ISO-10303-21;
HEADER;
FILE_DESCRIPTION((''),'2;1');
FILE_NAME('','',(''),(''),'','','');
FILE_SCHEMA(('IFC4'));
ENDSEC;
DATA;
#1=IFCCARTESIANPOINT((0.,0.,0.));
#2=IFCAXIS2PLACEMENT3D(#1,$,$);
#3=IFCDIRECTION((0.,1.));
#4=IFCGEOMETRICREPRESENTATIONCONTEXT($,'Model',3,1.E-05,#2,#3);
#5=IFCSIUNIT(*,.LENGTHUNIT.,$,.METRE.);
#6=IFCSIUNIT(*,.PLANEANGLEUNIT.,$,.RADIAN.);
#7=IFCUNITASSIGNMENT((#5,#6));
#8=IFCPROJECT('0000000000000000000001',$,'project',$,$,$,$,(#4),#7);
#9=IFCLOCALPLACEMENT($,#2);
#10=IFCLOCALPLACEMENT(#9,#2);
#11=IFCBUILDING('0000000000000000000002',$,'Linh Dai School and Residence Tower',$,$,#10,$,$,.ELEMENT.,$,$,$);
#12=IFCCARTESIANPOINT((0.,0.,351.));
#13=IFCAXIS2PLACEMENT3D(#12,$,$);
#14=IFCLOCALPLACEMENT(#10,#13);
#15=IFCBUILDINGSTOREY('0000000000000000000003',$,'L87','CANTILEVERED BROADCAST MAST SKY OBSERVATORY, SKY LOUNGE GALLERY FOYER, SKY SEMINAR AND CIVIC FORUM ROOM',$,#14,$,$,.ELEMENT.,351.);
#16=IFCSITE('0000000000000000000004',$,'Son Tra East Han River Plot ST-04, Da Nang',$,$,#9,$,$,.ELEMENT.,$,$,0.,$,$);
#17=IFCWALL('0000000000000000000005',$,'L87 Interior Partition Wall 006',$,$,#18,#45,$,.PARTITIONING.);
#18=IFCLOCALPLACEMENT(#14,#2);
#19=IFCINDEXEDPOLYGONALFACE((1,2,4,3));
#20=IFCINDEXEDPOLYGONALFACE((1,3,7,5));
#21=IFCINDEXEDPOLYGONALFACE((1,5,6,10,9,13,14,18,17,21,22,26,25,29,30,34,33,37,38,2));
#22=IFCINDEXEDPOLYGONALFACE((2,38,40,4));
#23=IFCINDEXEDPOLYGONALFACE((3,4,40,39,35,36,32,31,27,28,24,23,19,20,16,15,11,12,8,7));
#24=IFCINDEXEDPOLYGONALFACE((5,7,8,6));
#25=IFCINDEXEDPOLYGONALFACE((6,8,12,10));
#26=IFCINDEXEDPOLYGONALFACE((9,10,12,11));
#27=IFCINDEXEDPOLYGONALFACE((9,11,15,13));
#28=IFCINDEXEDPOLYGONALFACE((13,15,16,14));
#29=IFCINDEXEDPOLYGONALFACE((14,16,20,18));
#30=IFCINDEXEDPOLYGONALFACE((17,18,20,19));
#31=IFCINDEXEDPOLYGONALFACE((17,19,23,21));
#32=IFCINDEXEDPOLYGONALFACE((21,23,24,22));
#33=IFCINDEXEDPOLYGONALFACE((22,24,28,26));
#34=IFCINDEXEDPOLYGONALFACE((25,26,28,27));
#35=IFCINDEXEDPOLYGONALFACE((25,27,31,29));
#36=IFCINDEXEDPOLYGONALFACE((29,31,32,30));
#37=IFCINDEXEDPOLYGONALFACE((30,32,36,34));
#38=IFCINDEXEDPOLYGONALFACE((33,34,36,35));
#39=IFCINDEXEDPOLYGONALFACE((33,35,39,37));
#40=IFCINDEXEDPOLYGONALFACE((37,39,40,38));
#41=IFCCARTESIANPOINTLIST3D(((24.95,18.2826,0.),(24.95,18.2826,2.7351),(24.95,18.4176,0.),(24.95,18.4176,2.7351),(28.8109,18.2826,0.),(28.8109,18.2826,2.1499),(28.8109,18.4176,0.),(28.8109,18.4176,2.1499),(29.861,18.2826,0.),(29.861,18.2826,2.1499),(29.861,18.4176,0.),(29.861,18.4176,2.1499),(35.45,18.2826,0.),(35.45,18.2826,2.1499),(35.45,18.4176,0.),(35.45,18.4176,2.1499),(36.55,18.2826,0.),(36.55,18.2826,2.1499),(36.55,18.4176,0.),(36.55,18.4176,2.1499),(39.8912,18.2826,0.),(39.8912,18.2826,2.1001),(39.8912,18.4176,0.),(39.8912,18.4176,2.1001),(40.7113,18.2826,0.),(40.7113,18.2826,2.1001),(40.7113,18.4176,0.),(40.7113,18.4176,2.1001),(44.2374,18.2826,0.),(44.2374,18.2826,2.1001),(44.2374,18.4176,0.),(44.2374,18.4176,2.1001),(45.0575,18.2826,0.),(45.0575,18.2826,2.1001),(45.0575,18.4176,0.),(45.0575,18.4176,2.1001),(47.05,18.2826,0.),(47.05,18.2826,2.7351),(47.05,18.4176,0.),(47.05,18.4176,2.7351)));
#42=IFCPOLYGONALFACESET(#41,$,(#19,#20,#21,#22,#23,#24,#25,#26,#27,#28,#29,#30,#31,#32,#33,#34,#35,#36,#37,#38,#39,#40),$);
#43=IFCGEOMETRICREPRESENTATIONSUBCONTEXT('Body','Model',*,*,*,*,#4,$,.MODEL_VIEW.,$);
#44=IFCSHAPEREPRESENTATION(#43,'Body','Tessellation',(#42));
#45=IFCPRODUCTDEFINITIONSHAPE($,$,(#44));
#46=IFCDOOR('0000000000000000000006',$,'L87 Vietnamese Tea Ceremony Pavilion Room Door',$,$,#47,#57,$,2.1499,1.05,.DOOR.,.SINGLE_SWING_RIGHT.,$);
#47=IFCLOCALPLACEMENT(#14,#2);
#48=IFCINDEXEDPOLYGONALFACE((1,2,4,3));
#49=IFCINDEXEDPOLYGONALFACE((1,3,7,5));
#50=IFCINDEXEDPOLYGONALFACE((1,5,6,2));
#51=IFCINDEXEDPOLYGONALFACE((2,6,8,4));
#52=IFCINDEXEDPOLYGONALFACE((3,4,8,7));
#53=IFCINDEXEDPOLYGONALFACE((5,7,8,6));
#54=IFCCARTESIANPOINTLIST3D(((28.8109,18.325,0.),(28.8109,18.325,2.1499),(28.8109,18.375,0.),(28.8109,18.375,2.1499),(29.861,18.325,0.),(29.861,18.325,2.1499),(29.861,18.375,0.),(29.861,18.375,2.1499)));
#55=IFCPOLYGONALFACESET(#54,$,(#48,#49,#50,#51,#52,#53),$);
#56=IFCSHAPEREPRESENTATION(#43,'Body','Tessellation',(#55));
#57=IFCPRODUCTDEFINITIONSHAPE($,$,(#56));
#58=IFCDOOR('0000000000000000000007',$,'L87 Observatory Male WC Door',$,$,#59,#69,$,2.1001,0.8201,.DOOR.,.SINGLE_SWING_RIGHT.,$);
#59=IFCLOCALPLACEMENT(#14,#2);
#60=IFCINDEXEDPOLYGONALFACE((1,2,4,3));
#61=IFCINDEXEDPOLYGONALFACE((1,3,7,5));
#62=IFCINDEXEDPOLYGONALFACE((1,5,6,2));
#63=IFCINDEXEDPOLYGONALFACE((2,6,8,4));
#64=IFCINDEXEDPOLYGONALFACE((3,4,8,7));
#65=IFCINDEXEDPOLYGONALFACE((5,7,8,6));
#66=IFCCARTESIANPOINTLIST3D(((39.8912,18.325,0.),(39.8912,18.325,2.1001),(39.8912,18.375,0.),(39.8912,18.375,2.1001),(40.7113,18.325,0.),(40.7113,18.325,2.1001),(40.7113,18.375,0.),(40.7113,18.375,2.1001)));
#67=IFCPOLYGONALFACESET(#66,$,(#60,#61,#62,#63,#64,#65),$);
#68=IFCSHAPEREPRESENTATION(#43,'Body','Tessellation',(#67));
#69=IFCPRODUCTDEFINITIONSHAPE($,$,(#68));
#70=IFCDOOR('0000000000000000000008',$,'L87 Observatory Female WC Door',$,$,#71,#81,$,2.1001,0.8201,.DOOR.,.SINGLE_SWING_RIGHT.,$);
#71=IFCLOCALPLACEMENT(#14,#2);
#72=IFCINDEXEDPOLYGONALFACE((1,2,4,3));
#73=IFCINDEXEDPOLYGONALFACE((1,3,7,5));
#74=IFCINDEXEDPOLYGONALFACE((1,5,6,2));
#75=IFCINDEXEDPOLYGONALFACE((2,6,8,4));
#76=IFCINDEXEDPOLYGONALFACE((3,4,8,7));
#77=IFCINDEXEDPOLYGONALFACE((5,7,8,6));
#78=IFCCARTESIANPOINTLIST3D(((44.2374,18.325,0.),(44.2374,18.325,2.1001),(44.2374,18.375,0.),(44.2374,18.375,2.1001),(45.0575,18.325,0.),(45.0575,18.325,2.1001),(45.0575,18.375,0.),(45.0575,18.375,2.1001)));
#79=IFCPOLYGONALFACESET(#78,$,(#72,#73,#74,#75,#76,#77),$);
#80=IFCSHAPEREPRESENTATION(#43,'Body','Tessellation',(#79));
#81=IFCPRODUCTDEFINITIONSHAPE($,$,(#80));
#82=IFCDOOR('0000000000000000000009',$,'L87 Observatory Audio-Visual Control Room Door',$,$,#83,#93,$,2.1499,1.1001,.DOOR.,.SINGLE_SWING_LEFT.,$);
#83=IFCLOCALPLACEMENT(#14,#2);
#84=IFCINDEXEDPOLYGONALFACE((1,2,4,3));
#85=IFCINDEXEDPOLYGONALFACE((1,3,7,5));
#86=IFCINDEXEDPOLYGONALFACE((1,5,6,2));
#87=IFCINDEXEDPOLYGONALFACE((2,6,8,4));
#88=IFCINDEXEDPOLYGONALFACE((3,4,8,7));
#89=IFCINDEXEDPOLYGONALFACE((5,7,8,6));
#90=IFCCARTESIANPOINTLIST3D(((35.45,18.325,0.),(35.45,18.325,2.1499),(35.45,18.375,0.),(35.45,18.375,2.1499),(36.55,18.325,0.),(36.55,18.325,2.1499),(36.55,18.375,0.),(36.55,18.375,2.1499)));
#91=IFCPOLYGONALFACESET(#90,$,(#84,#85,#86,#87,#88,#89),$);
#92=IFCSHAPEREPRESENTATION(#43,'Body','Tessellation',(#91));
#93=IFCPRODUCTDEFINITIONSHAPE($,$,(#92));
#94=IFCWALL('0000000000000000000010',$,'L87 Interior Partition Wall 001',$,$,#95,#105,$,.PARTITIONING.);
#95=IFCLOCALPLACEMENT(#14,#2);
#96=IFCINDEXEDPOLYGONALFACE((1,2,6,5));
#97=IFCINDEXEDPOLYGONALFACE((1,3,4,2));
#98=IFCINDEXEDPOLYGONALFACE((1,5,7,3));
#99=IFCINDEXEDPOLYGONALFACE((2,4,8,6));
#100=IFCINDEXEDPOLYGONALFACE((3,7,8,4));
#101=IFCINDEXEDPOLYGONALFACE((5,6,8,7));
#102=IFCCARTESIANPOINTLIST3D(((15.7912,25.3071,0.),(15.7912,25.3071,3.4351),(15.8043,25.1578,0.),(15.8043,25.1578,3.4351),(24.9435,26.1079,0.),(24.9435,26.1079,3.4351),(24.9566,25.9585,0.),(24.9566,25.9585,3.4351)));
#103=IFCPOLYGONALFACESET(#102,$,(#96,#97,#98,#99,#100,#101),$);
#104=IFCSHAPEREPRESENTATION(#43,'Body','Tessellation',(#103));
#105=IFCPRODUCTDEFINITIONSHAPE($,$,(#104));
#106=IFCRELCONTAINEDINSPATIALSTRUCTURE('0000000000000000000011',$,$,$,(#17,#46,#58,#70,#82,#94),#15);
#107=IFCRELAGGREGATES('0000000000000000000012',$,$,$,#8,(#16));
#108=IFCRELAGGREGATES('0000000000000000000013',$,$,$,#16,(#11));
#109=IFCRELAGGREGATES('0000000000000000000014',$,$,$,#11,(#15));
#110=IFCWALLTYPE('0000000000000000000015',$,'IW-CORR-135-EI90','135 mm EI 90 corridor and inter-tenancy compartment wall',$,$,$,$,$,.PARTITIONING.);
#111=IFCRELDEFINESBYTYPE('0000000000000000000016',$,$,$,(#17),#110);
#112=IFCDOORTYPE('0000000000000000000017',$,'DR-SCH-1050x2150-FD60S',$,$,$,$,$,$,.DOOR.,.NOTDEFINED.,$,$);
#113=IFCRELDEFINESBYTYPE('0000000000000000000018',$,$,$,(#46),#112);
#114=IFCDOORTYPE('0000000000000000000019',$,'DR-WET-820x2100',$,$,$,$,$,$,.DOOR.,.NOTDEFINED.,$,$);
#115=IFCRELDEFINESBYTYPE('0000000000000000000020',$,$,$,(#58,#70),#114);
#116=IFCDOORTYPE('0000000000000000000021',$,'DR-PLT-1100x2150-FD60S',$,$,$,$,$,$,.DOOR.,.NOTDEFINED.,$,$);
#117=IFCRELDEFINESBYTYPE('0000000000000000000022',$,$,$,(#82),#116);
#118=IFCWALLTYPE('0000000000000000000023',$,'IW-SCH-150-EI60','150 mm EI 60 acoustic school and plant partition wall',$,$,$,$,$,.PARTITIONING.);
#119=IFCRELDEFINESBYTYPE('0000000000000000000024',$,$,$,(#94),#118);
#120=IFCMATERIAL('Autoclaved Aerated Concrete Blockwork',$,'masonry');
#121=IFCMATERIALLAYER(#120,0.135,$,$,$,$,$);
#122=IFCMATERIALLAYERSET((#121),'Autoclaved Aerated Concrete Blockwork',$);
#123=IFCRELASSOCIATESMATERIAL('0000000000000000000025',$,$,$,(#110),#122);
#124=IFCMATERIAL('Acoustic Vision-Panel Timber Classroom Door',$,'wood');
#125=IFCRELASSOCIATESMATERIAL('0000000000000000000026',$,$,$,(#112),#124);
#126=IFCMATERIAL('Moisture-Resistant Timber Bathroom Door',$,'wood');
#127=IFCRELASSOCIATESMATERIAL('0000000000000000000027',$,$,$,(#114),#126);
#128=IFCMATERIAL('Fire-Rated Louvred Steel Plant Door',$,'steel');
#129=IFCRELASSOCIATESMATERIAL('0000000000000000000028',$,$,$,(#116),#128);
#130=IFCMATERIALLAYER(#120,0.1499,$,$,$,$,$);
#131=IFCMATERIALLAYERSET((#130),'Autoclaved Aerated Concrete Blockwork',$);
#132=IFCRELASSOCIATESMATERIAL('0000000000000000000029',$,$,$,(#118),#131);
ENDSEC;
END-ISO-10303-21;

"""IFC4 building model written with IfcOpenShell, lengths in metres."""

from ifc_helpers import new_model, si_unit, direction, frame, frame_2d, origin, origin_2d, place, context, subcontext, project, spatial, rectangle, extrude, source, transform, mapped, material, layer, layer_set, type_object, element, fill, save


model = new_model("IFC4")

# Units and contexts
model_context = context("Model", 3, precision=1e-05, world=origin(), true_north=direction((0.0, 1.0)))
body_context = subcontext(model_context, "Body", "Model", "MODEL_VIEW")
ifc_project = project(units=[si_unit("LENGTHUNIT", "METRE"), si_unit("PLANEANGLEUNIT", "RADIAN")], contexts=[model_context])

# Site, building, storey
site_placement = place(None, origin())
site = spatial("IfcSite", under=ifc_project, at=site_placement, Name="Son Tra East Han River Plot ST-04, Da Nang", CompositionType="ELEMENT", RefElevation=0.0)
building_placement = place(site_placement, origin())
building = spatial("IfcBuilding", under=site, at=building_placement, Name="Linh Dai School and Residence Tower", CompositionType="ELEMENT")
storey_placement = place(building_placement, frame((0.0, 0.0, 351.0)))
storey = spatial("IfcBuildingStorey", under=building, at=storey_placement, Name="L87", Description="CANTILEVERED BROADCAST MAST SKY OBSERVATORY, SKY LOUNGE GALLERY FOYER, SKY SEMINAR AND CIVIC FORUM ROOM", CompositionType="ELEMENT", Elevation=351.0)

# Shared definitions
ifc_material_1 = material(Name="Autoclaved Aerated Concrete Blockwork", Category="masonry")
ifc_layer_1 = layer(ifc_material_1, 0.135)
ifc_layer_set_1 = layer_set([ifc_layer_1], Name="Autoclaved Aerated Concrete Blockwork")
wall_type_1 = type_object("IfcWallType", Name="IW-CORR-135-EI90", Description="135 mm EI 90 corridor and inter-tenancy compartment wall", PredefinedType="PARTITIONING", material=ifc_layer_set_1)

# Wall, openings, doors
wall_1_placement = place(storey_placement, frame((24.95, 18.3501, 0.0), z_axis=(0.0, 0.0, 1.0), x_axis=(1.0, 0.0, 0.0)))
wall_1 = element("IfcWall", 1, at=wall_1_placement, inside=storey, type_object=wall_type_1, Name="L87 Interior Partition Wall 006", PredefinedType="PARTITIONING", context=body_context, shape_type="SweptSolid", body=[
    extrude(rectangle(XDim=22.1001, YDim=0.135, at=frame_2d((11.05, 0.0))), origin(), (0.0, 0.0, 1.0), 2.7351),
])
opening_1_placement = place(wall_1_placement, frame((3.8611, 0.0, 0.0)))
opening_1 = element("IfcOpeningElement", 2, at=opening_1_placement, cuts=wall_1, PredefinedType="OPENING", context=body_context, shape_type="SweptSolid", body=[
    extrude(rectangle(XDim=1.05, YDim=2.1499, at=origin_2d()), frame((0.5249, 0.0776, 1.075), z_axis=(0.0, -1.0, 0.0), x_axis=(1.0, 0.0, 0.0)), (0.0, 0.0, 1.0), 0.155),
])
opening_2_placement = place(wall_1_placement, frame((10.5, 0.0, 0.0)))
opening_2 = element("IfcOpeningElement", 3, at=opening_2_placement, cuts=wall_1, PredefinedType="OPENING", context=body_context, shape_type="SweptSolid", body=[
    extrude(rectangle(XDim=1.1001, YDim=2.1499, at=origin_2d()), frame((0.55, 0.0776, 1.075), z_axis=(0.0, -1.0, 0.0), x_axis=(1.0, 0.0, 0.0)), (0.0, 0.0, 1.0), 0.155),
])
opening_3_placement = place(wall_1_placement, frame((14.9412, 0.0, 0.0)))
opening_3 = element("IfcOpeningElement", 4, at=opening_3_placement, cuts=wall_1, PredefinedType="OPENING", context=body_context, shape_type="SweptSolid", body=[
    extrude(rectangle(XDim=0.8201, YDim=2.1001, at=origin_2d()), frame((0.4102, 0.0776, 1.05), z_axis=(0.0, -1.0, 0.0), x_axis=(1.0, 0.0, 0.0)), (0.0, 0.0, 1.0), 0.155),
])
opening_4_placement = place(wall_1_placement, frame((19.2874, 0.0, 0.0)))
opening_4 = element("IfcOpeningElement", 5, at=opening_4_placement, cuts=wall_1, PredefinedType="OPENING", context=body_context, shape_type="SweptSolid", body=[
    extrude(rectangle(XDim=0.8201, YDim=2.1001, at=origin_2d()), frame((0.4102, 0.0776, 1.05), z_axis=(0.0, -1.0, 0.0), x_axis=(1.0, 0.0, 0.0)), (0.0, 0.0, 1.0), 0.155),
])
ifc_material_2 = material(Name="Acoustic Vision-Panel Timber Classroom Door", Category="wood")
door_type_1 = type_object("IfcDoorType", Name="DR-SCH-1050x2150-FD60S", OperationType="NOTDEFINED", PredefinedType="DOOR", material=ifc_material_2)
shared_shape_1 = source(origin(), body_context, "Body", "SweptSolid", [
    extrude(rectangle(XDim=1.05, YDim=2.1499, at=origin_2d()), frame((0.5249, 0.0249, 1.075), z_axis=(0.0, -1.0, 0.0), x_axis=(1.0, 0.0, 0.0)), (0.0, 0.0, 1.0), 0.05),
])
door_1_placement = place(opening_1_placement, origin())
door_1 = element("IfcDoor", 6, at=door_1_placement, inside=storey, type_object=door_type_1, Name="L87 Vietnamese Tea Ceremony Pavilion Room Door", OperationType="SINGLE_SWING_RIGHT", OverallHeight=2.1499, OverallWidth=1.05, PredefinedType="DOOR", context=body_context, shape_type="MappedRepresentation", body=[
    mapped(shared_shape_1, transform((0.0, 0.0, 0.0), x_axis=(1.0, 0.0, 0.0), y_axis=(0.0, 1.0, 0.0), z_axis=(0.0, 0.0, 1.0), scale=1.0)),
])
fill(opening_1, door_1)
ifc_material_3 = material(Name="Moisture-Resistant Timber Bathroom Door", Category="wood")
door_type_2 = type_object("IfcDoorType", Name="DR-WET-820x2100", OperationType="NOTDEFINED", PredefinedType="DOOR", material=ifc_material_3)
shared_shape_2 = source(origin(), body_context, "Body", "SweptSolid", [
    extrude(rectangle(XDim=0.8201, YDim=2.1001, at=origin_2d()), frame((0.4102, 0.0249, 1.05), z_axis=(0.0, -1.0, 0.0), x_axis=(1.0, 0.0, 0.0)), (0.0, 0.0, 1.0), 0.05),
])
door_2_placement = place(opening_3_placement, origin())
door_2 = element("IfcDoor", 7, at=door_2_placement, inside=storey, type_object=door_type_2, Name="L87 Observatory Male WC Door", OperationType="SINGLE_SWING_RIGHT", OverallHeight=2.1001, OverallWidth=0.8201, PredefinedType="DOOR", context=body_context, shape_type="MappedRepresentation", body=[
    mapped(shared_shape_2, transform((0.0, 0.0, 0.0), x_axis=(1.0, 0.0, 0.0), y_axis=(0.0, 1.0, 0.0), z_axis=(0.0, 0.0, 1.0), scale=1.0)),
])
fill(opening_3, door_2)
door_3_placement = place(opening_4_placement, origin())
door_3 = element("IfcDoor", 8, at=door_3_placement, inside=storey, type_object=door_type_2, Name="L87 Observatory Female WC Door", OperationType="SINGLE_SWING_RIGHT", OverallHeight=2.1001, OverallWidth=0.8201, PredefinedType="DOOR", context=body_context, shape_type="MappedRepresentation", body=[
    mapped(shared_shape_2, transform((0.0, 0.0, 0.0), x_axis=(1.0, 0.0, 0.0), y_axis=(0.0, 1.0, 0.0), z_axis=(0.0, 0.0, 1.0), scale=1.0)),
])
fill(opening_4, door_3)
ifc_material_4 = material(Name="Fire-Rated Louvred Steel Plant Door", Category="steel")
door_type_3 = type_object("IfcDoorType", Name="DR-PLT-1100x2150-FD60S", OperationType="NOTDEFINED", PredefinedType="DOOR", material=ifc_material_4)
shared_shape_3 = source(origin(), body_context, "Body", "SweptSolid", [
    extrude(rectangle(XDim=1.1001, YDim=2.1499, at=origin_2d()), frame((0.55, 0.0249, 1.075), z_axis=(0.0, -1.0, 0.0), x_axis=(1.0, 0.0, 0.0)), (0.0, 0.0, 1.0), 0.05),
])
door_4_placement = place(opening_2_placement, origin())
door_4 = element("IfcDoor", 9, at=door_4_placement, inside=storey, type_object=door_type_3, Name="L87 Observatory Audio-Visual Control Room Door", OperationType="SINGLE_SWING_LEFT", OverallHeight=2.1499, OverallWidth=1.1001, PredefinedType="DOOR", context=body_context, shape_type="MappedRepresentation", body=[
    mapped(shared_shape_3, transform((0.0, 0.0, 0.0), x_axis=(1.0, 0.0, 0.0), y_axis=(0.0, 1.0, 0.0), z_axis=(0.0, 0.0, 1.0), scale=1.0)),
])
fill(opening_2, door_4)

# Wall
ifc_layer_2 = layer(ifc_material_1, 0.1499)
ifc_layer_set_2 = layer_set([ifc_layer_2], Name="Autoclaved Aerated Concrete Blockwork")
wall_type_2 = type_object("IfcWallType", Name="IW-SCH-150-EI60", Description="150 mm EI 60 acoustic school and plant partition wall", PredefinedType="PARTITIONING", material=ifc_layer_set_2)
wall_2_placement = place(storey_placement, frame((15.7976, 25.2324, 0.0), z_axis=(0.0, 0.0, 1.0), x_axis=(0.996194, 0.087162, 0.0)))
element("IfcWall", 10, at=wall_2_placement, inside=storey, type_object=wall_type_2, Name="L87 Interior Partition Wall 001", PredefinedType="PARTITIONING", context=body_context, shape_type="SweptSolid", body=[
    extrude(rectangle(XDim=9.1873, YDim=0.1499, at=frame_2d((4.5938, 0.0))), origin(), (0.0, 0.0, 1.0), 3.4351),
])

save(model, "model.ifc")
